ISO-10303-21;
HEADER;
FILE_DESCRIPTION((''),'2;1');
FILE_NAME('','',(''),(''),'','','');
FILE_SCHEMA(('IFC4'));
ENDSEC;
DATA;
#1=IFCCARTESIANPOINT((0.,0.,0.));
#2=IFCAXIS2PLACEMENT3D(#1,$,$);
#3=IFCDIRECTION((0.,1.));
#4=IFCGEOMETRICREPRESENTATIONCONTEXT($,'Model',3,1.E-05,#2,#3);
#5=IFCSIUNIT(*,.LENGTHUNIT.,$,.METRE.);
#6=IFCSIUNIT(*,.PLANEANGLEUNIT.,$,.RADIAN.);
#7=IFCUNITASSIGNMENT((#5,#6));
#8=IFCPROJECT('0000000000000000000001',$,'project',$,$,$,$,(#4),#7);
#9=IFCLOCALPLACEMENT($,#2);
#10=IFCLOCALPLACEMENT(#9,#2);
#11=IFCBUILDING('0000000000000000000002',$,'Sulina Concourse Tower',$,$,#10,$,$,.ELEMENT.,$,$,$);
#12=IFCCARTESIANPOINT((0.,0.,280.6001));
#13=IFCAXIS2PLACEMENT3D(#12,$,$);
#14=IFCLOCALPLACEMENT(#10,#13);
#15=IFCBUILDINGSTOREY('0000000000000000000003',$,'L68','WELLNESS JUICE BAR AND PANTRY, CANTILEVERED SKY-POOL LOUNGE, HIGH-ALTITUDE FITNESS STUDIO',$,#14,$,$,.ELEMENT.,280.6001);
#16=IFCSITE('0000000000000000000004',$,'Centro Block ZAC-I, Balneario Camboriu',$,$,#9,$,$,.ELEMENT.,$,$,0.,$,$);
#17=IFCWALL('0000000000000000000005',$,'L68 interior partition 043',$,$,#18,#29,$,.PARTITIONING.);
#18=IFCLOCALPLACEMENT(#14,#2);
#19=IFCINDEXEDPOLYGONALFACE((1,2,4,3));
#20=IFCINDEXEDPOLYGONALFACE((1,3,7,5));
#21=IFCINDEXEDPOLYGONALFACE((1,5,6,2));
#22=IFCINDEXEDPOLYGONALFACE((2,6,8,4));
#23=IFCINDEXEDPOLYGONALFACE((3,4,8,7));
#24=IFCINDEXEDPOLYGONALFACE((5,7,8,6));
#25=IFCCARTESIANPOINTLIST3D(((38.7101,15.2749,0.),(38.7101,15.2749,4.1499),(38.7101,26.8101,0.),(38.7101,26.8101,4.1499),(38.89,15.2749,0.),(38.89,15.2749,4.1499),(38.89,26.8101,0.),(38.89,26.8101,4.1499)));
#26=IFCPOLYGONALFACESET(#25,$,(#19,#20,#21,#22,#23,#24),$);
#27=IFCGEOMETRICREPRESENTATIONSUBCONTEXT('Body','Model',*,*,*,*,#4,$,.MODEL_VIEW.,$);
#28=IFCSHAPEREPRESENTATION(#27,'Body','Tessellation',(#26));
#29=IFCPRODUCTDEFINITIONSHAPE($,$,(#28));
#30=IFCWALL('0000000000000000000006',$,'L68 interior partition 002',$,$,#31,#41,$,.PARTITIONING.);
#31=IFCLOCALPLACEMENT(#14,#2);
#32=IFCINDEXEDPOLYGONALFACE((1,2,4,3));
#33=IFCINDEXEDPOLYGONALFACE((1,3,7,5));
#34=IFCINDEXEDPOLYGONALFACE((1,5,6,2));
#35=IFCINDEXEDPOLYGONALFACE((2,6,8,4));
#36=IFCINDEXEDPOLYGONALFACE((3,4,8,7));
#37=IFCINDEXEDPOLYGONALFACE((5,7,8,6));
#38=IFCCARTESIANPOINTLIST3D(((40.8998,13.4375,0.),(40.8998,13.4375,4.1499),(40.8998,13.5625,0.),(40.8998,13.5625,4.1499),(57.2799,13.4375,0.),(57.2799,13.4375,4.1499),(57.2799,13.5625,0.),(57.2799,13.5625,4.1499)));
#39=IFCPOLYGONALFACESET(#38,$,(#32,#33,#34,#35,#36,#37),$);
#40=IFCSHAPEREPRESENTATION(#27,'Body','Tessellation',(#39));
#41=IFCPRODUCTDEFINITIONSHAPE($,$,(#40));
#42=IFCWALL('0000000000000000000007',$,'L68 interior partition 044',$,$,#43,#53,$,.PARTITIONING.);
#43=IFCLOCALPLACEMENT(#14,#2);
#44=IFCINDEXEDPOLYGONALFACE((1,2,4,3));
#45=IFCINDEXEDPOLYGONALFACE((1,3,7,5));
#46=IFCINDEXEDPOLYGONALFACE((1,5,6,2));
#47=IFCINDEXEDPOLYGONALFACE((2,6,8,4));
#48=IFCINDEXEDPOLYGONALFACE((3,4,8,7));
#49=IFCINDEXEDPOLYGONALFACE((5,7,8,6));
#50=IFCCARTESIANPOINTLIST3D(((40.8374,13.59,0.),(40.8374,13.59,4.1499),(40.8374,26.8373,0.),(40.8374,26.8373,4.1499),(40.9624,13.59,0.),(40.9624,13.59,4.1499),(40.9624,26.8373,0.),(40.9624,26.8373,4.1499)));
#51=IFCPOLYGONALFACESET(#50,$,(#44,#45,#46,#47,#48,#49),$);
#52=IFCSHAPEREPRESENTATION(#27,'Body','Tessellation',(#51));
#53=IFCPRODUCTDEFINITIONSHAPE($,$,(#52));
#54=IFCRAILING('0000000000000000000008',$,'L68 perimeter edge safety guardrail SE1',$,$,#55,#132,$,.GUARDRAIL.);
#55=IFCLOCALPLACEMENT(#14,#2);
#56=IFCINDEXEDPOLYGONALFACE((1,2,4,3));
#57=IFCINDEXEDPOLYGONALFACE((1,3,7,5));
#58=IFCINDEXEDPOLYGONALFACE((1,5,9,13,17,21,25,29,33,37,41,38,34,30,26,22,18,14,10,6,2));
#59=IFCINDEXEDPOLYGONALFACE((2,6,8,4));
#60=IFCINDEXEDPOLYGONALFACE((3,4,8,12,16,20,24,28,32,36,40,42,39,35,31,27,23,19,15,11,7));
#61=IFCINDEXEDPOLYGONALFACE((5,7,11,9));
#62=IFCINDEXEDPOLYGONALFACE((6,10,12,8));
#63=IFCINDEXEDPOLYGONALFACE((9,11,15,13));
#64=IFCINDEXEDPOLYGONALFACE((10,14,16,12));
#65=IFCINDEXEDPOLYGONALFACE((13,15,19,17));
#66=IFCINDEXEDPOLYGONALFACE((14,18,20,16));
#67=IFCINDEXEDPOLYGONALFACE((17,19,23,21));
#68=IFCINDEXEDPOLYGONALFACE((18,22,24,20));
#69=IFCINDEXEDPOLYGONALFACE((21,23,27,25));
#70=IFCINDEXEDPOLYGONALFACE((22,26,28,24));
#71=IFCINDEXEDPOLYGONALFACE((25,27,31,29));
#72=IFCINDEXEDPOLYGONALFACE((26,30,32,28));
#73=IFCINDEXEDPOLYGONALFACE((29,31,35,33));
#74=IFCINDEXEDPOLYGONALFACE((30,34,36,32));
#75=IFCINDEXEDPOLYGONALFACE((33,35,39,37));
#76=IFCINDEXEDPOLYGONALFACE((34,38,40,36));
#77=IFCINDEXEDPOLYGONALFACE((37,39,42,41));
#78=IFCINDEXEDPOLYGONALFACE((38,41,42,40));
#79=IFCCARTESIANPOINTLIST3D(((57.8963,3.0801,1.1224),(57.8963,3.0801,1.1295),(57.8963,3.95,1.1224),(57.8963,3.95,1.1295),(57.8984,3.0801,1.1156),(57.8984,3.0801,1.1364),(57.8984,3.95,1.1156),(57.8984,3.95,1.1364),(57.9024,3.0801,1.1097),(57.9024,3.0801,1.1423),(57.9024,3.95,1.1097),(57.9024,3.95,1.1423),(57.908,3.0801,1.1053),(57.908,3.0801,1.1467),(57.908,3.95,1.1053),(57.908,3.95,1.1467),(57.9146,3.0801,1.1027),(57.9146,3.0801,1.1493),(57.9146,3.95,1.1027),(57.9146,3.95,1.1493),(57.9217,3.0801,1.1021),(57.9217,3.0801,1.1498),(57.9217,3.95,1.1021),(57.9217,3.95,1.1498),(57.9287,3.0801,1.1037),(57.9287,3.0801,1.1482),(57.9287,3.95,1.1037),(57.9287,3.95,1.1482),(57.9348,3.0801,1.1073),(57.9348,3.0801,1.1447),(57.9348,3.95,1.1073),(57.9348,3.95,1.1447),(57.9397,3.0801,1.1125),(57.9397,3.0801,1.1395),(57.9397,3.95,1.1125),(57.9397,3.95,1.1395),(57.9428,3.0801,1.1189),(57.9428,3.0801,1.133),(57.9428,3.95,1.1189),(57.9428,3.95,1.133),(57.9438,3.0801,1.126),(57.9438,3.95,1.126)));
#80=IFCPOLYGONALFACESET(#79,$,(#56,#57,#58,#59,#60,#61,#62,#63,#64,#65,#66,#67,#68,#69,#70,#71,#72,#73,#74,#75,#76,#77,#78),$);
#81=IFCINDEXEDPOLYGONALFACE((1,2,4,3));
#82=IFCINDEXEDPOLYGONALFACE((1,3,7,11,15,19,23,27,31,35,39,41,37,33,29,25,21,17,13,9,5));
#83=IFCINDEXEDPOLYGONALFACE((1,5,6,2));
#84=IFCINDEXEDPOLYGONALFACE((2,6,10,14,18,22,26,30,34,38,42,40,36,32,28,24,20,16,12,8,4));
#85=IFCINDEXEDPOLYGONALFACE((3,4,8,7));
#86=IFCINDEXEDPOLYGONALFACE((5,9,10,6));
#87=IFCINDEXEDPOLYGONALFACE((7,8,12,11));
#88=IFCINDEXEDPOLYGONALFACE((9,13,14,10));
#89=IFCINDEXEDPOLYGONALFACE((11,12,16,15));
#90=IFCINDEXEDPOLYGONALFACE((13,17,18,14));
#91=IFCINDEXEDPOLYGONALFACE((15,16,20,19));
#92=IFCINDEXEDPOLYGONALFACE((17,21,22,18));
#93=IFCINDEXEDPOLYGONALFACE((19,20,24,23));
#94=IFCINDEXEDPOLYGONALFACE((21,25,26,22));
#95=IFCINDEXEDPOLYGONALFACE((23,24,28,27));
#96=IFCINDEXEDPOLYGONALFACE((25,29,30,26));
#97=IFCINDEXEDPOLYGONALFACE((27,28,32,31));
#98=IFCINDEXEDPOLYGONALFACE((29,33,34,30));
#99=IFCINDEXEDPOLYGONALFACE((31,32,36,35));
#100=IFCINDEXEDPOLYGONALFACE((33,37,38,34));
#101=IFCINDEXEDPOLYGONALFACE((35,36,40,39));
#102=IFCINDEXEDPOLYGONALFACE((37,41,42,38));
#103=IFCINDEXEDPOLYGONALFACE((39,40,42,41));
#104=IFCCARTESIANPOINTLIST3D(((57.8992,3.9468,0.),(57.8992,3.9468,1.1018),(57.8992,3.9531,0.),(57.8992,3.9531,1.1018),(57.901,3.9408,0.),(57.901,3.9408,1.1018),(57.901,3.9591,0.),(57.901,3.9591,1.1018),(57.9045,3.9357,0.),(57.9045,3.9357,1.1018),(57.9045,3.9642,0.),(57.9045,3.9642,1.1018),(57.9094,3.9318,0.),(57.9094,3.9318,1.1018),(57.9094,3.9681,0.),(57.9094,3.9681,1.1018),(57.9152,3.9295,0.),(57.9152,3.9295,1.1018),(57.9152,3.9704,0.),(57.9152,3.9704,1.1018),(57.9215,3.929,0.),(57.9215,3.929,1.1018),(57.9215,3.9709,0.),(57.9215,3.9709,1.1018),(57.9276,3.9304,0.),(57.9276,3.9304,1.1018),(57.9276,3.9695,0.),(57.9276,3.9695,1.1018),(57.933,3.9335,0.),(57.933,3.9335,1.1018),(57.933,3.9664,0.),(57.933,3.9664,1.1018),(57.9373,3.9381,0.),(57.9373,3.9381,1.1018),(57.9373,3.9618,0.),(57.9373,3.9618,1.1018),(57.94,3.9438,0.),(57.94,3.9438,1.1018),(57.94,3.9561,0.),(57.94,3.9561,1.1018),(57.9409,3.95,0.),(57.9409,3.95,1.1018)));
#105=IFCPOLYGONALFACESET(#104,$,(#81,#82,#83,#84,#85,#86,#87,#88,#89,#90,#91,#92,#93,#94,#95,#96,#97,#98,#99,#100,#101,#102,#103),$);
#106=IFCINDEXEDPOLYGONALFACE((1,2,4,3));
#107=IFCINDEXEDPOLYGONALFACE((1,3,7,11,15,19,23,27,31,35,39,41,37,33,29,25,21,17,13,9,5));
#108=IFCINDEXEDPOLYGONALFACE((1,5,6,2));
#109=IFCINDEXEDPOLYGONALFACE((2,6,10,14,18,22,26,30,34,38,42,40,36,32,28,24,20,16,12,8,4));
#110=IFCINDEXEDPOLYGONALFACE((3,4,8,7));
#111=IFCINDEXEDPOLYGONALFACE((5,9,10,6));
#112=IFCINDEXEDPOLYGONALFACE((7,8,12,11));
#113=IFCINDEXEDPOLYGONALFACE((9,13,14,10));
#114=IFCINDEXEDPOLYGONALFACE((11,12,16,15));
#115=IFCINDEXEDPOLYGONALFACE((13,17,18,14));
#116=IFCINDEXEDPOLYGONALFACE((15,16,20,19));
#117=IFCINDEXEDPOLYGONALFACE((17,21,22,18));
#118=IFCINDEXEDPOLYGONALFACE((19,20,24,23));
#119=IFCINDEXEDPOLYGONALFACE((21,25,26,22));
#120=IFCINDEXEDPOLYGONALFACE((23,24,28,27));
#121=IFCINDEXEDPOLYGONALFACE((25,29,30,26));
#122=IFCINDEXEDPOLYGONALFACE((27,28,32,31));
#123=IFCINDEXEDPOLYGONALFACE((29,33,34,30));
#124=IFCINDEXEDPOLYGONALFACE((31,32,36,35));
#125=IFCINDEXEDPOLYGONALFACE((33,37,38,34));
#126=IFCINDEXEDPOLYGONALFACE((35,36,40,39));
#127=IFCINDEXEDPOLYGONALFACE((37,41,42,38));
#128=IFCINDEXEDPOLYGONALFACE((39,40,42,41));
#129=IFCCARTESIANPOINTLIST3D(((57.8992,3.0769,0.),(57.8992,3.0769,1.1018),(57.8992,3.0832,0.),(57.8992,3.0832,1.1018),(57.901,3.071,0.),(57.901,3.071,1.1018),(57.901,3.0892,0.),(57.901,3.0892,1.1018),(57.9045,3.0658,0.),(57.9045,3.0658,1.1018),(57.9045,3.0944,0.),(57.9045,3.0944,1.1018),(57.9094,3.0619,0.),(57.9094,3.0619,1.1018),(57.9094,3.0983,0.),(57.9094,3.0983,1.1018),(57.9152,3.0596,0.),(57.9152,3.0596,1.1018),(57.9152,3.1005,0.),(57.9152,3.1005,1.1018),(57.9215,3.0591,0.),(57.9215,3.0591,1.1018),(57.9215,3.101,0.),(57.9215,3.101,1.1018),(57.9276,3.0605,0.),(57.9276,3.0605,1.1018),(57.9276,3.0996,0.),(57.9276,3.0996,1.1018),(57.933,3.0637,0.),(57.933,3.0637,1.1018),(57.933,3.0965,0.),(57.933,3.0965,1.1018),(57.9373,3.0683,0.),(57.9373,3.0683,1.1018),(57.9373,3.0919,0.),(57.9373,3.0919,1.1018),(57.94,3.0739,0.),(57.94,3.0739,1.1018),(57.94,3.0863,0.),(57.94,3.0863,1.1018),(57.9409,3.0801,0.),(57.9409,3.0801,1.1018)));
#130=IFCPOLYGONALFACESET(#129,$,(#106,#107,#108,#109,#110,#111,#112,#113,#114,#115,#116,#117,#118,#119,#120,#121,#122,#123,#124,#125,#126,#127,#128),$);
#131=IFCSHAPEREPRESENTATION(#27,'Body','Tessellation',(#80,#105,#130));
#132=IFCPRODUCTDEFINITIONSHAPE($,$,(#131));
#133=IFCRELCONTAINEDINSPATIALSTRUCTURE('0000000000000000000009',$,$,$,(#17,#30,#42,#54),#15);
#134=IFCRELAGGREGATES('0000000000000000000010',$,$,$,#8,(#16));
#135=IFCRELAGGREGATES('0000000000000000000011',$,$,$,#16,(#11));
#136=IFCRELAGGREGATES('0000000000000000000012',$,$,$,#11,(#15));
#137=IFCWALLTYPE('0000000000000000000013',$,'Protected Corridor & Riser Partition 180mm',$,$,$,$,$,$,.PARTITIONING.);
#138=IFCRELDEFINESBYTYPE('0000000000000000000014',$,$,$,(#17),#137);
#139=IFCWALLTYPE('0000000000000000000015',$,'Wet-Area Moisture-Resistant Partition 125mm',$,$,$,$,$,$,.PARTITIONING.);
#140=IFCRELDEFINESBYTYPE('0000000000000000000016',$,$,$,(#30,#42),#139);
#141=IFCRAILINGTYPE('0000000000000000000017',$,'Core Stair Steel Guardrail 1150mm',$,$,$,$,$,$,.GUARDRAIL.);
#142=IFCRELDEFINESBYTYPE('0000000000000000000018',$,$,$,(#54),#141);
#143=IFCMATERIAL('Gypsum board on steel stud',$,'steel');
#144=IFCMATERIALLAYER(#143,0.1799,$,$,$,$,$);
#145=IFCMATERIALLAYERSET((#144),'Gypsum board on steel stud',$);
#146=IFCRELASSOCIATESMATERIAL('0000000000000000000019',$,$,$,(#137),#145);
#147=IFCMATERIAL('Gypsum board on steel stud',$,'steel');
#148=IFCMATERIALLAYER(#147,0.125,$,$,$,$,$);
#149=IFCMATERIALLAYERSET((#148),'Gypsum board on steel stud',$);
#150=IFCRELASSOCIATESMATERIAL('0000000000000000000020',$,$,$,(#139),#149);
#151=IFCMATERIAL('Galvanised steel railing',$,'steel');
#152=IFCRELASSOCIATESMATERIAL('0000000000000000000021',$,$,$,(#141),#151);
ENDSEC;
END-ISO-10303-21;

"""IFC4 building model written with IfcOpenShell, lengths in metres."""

from ifc_helpers import new_model, si_unit, direction, frame, frame_2d, origin, origin_2d, place, context, subcontext, project, spatial, rectangle, circle, extrude, material, layer, layer_set, type_object, element, save


model = new_model("IFC4")

# Units and contexts
model_context = context("Model", 3, precision=1e-05, world=origin(), true_north=direction((0.0, 1.0)))
body_context = subcontext(model_context, "Body", "Model", "MODEL_VIEW")
ifc_project = project(units=[si_unit("LENGTHUNIT", "METRE"), si_unit("PLANEANGLEUNIT", "RADIAN")], contexts=[model_context])

# Site, building, storey
site_placement = place(None, origin())
site = spatial("IfcSite", under=ifc_project, at=site_placement, Name="Centro Block ZAC-I, Balneario Camboriu", CompositionType="ELEMENT", RefElevation=0.0)
building_placement = place(site_placement, origin())
building = spatial("IfcBuilding", under=site, at=building_placement, Name="Sulina Concourse Tower", CompositionType="ELEMENT")
storey_placement = place(building_placement, frame((0.0, 0.0, 280.6001)))
storey = spatial("IfcBuildingStorey", under=building, at=storey_placement, Name="L68", Description="WELLNESS JUICE BAR AND PANTRY, CANTILEVERED SKY-POOL LOUNGE, HIGH-ALTITUDE FITNESS STUDIO", CompositionType="ELEMENT", Elevation=280.6001)

# Walls
ifc_material_1 = material(Name="Gypsum board on steel stud", Category="steel")
ifc_layer_1 = layer(ifc_material_1, 0.1799)
ifc_layer_set_1 = layer_set([ifc_layer_1], Name="Gypsum board on steel stud")
wall_type_1 = type_object("IfcWallType", Name="Protected Corridor & Riser Partition 180mm", PredefinedType="PARTITIONING", material=ifc_layer_set_1)
wall_1_placement = place(storey_placement, frame((38.8, 15.2749, 0.0), z_axis=(0.0, 0.0, 1.0), x_axis=(0.0, 1.0, 0.0)))
element("IfcWall", 1, at=wall_1_placement, inside=storey, type_object=wall_type_1, Name="L68 interior partition 043", PredefinedType="PARTITIONING", context=body_context, shape_type="SweptSolid", body=[
    extrude(rectangle(XDim=11.5352, YDim=0.1799, at=frame_2d((5.7676, 0.0))), origin(), (0.0, 0.0, 1.0), 4.1499),
])
ifc_material_2 = material(Name="Gypsum board on steel stud", Category="steel")
ifc_layer_2 = layer(ifc_material_2, 0.125)
ifc_layer_set_2 = layer_set([ifc_layer_2], Name="Gypsum board on steel stud")
wall_type_2 = type_object("IfcWallType", Name="Wet-Area Moisture-Resistant Partition 125mm", PredefinedType="PARTITIONING", material=ifc_layer_set_2)
wall_2_placement = place(storey_placement, frame((40.8999, 13.5, 0.0), z_axis=(0.0, 0.0, 1.0), x_axis=(1.0, 0.0, 0.0)))
element("IfcWall", 2, at=wall_2_placement, inside=storey, type_object=wall_type_2, Name="L68 interior partition 002", PredefinedType="PARTITIONING", context=body_context, shape_type="SweptSolid", body=[
    extrude(rectangle(XDim=16.3801, YDim=0.125, at=frame_2d((8.1899, 0.0))), origin(), (0.0, 0.0, 1.0), 4.1499),
])
wall_3_placement = place(storey_placement, frame((40.8999, 13.5901, 0.0), z_axis=(0.0, 0.0, 1.0), x_axis=(0.0, 1.0, 0.0)))
element("IfcWall", 3, at=wall_3_placement, inside=storey, type_object=wall_type_2, Name="L68 interior partition 044", PredefinedType="PARTITIONING", context=body_context, shape_type="SweptSolid", body=[
    extrude(rectangle(XDim=13.2473, YDim=0.125, at=frame_2d((6.6235, 0.0))), origin(), (0.0, 0.0, 1.0), 4.1499),
])

# Railing
ifc_material_3 = material(Name="Galvanised steel railing", Category="steel")
railing_type = type_object("IfcRailingType", Name="Core Stair Steel Guardrail 1150mm", PredefinedType="GUARDRAIL", material=ifc_material_3)
railing_placement = place(storey_placement, frame((57.9199, 3.95, 0.0)))
element("IfcRailing", 4, at=railing_placement, inside=storey, type_object=railing_type, Name="L68 perimeter edge safety guardrail SE1", PredefinedType="GUARDRAIL", context=body_context, shape_type="SweptSolid", body=[
    extrude(circle(Radius=0.0239, at=origin_2d()), frame((0.0, 0.0, 1.126), z_axis=(0.0, -1.0, 0.0), x_axis=(1.0, 0.0, 0.0)), (0.0, 0.0, 1.0), 0.8699),
    extrude(circle(Radius=0.021, at=origin_2d()), origin(), (0.0, 0.0, 1.0), 1.1018),
    extrude(circle(Radius=0.021, at=origin_2d()), frame((0.0, -0.8699, 0.0)), (0.0, 0.0, 1.0), 1.1018),
])

save(model, "model.ifc")
